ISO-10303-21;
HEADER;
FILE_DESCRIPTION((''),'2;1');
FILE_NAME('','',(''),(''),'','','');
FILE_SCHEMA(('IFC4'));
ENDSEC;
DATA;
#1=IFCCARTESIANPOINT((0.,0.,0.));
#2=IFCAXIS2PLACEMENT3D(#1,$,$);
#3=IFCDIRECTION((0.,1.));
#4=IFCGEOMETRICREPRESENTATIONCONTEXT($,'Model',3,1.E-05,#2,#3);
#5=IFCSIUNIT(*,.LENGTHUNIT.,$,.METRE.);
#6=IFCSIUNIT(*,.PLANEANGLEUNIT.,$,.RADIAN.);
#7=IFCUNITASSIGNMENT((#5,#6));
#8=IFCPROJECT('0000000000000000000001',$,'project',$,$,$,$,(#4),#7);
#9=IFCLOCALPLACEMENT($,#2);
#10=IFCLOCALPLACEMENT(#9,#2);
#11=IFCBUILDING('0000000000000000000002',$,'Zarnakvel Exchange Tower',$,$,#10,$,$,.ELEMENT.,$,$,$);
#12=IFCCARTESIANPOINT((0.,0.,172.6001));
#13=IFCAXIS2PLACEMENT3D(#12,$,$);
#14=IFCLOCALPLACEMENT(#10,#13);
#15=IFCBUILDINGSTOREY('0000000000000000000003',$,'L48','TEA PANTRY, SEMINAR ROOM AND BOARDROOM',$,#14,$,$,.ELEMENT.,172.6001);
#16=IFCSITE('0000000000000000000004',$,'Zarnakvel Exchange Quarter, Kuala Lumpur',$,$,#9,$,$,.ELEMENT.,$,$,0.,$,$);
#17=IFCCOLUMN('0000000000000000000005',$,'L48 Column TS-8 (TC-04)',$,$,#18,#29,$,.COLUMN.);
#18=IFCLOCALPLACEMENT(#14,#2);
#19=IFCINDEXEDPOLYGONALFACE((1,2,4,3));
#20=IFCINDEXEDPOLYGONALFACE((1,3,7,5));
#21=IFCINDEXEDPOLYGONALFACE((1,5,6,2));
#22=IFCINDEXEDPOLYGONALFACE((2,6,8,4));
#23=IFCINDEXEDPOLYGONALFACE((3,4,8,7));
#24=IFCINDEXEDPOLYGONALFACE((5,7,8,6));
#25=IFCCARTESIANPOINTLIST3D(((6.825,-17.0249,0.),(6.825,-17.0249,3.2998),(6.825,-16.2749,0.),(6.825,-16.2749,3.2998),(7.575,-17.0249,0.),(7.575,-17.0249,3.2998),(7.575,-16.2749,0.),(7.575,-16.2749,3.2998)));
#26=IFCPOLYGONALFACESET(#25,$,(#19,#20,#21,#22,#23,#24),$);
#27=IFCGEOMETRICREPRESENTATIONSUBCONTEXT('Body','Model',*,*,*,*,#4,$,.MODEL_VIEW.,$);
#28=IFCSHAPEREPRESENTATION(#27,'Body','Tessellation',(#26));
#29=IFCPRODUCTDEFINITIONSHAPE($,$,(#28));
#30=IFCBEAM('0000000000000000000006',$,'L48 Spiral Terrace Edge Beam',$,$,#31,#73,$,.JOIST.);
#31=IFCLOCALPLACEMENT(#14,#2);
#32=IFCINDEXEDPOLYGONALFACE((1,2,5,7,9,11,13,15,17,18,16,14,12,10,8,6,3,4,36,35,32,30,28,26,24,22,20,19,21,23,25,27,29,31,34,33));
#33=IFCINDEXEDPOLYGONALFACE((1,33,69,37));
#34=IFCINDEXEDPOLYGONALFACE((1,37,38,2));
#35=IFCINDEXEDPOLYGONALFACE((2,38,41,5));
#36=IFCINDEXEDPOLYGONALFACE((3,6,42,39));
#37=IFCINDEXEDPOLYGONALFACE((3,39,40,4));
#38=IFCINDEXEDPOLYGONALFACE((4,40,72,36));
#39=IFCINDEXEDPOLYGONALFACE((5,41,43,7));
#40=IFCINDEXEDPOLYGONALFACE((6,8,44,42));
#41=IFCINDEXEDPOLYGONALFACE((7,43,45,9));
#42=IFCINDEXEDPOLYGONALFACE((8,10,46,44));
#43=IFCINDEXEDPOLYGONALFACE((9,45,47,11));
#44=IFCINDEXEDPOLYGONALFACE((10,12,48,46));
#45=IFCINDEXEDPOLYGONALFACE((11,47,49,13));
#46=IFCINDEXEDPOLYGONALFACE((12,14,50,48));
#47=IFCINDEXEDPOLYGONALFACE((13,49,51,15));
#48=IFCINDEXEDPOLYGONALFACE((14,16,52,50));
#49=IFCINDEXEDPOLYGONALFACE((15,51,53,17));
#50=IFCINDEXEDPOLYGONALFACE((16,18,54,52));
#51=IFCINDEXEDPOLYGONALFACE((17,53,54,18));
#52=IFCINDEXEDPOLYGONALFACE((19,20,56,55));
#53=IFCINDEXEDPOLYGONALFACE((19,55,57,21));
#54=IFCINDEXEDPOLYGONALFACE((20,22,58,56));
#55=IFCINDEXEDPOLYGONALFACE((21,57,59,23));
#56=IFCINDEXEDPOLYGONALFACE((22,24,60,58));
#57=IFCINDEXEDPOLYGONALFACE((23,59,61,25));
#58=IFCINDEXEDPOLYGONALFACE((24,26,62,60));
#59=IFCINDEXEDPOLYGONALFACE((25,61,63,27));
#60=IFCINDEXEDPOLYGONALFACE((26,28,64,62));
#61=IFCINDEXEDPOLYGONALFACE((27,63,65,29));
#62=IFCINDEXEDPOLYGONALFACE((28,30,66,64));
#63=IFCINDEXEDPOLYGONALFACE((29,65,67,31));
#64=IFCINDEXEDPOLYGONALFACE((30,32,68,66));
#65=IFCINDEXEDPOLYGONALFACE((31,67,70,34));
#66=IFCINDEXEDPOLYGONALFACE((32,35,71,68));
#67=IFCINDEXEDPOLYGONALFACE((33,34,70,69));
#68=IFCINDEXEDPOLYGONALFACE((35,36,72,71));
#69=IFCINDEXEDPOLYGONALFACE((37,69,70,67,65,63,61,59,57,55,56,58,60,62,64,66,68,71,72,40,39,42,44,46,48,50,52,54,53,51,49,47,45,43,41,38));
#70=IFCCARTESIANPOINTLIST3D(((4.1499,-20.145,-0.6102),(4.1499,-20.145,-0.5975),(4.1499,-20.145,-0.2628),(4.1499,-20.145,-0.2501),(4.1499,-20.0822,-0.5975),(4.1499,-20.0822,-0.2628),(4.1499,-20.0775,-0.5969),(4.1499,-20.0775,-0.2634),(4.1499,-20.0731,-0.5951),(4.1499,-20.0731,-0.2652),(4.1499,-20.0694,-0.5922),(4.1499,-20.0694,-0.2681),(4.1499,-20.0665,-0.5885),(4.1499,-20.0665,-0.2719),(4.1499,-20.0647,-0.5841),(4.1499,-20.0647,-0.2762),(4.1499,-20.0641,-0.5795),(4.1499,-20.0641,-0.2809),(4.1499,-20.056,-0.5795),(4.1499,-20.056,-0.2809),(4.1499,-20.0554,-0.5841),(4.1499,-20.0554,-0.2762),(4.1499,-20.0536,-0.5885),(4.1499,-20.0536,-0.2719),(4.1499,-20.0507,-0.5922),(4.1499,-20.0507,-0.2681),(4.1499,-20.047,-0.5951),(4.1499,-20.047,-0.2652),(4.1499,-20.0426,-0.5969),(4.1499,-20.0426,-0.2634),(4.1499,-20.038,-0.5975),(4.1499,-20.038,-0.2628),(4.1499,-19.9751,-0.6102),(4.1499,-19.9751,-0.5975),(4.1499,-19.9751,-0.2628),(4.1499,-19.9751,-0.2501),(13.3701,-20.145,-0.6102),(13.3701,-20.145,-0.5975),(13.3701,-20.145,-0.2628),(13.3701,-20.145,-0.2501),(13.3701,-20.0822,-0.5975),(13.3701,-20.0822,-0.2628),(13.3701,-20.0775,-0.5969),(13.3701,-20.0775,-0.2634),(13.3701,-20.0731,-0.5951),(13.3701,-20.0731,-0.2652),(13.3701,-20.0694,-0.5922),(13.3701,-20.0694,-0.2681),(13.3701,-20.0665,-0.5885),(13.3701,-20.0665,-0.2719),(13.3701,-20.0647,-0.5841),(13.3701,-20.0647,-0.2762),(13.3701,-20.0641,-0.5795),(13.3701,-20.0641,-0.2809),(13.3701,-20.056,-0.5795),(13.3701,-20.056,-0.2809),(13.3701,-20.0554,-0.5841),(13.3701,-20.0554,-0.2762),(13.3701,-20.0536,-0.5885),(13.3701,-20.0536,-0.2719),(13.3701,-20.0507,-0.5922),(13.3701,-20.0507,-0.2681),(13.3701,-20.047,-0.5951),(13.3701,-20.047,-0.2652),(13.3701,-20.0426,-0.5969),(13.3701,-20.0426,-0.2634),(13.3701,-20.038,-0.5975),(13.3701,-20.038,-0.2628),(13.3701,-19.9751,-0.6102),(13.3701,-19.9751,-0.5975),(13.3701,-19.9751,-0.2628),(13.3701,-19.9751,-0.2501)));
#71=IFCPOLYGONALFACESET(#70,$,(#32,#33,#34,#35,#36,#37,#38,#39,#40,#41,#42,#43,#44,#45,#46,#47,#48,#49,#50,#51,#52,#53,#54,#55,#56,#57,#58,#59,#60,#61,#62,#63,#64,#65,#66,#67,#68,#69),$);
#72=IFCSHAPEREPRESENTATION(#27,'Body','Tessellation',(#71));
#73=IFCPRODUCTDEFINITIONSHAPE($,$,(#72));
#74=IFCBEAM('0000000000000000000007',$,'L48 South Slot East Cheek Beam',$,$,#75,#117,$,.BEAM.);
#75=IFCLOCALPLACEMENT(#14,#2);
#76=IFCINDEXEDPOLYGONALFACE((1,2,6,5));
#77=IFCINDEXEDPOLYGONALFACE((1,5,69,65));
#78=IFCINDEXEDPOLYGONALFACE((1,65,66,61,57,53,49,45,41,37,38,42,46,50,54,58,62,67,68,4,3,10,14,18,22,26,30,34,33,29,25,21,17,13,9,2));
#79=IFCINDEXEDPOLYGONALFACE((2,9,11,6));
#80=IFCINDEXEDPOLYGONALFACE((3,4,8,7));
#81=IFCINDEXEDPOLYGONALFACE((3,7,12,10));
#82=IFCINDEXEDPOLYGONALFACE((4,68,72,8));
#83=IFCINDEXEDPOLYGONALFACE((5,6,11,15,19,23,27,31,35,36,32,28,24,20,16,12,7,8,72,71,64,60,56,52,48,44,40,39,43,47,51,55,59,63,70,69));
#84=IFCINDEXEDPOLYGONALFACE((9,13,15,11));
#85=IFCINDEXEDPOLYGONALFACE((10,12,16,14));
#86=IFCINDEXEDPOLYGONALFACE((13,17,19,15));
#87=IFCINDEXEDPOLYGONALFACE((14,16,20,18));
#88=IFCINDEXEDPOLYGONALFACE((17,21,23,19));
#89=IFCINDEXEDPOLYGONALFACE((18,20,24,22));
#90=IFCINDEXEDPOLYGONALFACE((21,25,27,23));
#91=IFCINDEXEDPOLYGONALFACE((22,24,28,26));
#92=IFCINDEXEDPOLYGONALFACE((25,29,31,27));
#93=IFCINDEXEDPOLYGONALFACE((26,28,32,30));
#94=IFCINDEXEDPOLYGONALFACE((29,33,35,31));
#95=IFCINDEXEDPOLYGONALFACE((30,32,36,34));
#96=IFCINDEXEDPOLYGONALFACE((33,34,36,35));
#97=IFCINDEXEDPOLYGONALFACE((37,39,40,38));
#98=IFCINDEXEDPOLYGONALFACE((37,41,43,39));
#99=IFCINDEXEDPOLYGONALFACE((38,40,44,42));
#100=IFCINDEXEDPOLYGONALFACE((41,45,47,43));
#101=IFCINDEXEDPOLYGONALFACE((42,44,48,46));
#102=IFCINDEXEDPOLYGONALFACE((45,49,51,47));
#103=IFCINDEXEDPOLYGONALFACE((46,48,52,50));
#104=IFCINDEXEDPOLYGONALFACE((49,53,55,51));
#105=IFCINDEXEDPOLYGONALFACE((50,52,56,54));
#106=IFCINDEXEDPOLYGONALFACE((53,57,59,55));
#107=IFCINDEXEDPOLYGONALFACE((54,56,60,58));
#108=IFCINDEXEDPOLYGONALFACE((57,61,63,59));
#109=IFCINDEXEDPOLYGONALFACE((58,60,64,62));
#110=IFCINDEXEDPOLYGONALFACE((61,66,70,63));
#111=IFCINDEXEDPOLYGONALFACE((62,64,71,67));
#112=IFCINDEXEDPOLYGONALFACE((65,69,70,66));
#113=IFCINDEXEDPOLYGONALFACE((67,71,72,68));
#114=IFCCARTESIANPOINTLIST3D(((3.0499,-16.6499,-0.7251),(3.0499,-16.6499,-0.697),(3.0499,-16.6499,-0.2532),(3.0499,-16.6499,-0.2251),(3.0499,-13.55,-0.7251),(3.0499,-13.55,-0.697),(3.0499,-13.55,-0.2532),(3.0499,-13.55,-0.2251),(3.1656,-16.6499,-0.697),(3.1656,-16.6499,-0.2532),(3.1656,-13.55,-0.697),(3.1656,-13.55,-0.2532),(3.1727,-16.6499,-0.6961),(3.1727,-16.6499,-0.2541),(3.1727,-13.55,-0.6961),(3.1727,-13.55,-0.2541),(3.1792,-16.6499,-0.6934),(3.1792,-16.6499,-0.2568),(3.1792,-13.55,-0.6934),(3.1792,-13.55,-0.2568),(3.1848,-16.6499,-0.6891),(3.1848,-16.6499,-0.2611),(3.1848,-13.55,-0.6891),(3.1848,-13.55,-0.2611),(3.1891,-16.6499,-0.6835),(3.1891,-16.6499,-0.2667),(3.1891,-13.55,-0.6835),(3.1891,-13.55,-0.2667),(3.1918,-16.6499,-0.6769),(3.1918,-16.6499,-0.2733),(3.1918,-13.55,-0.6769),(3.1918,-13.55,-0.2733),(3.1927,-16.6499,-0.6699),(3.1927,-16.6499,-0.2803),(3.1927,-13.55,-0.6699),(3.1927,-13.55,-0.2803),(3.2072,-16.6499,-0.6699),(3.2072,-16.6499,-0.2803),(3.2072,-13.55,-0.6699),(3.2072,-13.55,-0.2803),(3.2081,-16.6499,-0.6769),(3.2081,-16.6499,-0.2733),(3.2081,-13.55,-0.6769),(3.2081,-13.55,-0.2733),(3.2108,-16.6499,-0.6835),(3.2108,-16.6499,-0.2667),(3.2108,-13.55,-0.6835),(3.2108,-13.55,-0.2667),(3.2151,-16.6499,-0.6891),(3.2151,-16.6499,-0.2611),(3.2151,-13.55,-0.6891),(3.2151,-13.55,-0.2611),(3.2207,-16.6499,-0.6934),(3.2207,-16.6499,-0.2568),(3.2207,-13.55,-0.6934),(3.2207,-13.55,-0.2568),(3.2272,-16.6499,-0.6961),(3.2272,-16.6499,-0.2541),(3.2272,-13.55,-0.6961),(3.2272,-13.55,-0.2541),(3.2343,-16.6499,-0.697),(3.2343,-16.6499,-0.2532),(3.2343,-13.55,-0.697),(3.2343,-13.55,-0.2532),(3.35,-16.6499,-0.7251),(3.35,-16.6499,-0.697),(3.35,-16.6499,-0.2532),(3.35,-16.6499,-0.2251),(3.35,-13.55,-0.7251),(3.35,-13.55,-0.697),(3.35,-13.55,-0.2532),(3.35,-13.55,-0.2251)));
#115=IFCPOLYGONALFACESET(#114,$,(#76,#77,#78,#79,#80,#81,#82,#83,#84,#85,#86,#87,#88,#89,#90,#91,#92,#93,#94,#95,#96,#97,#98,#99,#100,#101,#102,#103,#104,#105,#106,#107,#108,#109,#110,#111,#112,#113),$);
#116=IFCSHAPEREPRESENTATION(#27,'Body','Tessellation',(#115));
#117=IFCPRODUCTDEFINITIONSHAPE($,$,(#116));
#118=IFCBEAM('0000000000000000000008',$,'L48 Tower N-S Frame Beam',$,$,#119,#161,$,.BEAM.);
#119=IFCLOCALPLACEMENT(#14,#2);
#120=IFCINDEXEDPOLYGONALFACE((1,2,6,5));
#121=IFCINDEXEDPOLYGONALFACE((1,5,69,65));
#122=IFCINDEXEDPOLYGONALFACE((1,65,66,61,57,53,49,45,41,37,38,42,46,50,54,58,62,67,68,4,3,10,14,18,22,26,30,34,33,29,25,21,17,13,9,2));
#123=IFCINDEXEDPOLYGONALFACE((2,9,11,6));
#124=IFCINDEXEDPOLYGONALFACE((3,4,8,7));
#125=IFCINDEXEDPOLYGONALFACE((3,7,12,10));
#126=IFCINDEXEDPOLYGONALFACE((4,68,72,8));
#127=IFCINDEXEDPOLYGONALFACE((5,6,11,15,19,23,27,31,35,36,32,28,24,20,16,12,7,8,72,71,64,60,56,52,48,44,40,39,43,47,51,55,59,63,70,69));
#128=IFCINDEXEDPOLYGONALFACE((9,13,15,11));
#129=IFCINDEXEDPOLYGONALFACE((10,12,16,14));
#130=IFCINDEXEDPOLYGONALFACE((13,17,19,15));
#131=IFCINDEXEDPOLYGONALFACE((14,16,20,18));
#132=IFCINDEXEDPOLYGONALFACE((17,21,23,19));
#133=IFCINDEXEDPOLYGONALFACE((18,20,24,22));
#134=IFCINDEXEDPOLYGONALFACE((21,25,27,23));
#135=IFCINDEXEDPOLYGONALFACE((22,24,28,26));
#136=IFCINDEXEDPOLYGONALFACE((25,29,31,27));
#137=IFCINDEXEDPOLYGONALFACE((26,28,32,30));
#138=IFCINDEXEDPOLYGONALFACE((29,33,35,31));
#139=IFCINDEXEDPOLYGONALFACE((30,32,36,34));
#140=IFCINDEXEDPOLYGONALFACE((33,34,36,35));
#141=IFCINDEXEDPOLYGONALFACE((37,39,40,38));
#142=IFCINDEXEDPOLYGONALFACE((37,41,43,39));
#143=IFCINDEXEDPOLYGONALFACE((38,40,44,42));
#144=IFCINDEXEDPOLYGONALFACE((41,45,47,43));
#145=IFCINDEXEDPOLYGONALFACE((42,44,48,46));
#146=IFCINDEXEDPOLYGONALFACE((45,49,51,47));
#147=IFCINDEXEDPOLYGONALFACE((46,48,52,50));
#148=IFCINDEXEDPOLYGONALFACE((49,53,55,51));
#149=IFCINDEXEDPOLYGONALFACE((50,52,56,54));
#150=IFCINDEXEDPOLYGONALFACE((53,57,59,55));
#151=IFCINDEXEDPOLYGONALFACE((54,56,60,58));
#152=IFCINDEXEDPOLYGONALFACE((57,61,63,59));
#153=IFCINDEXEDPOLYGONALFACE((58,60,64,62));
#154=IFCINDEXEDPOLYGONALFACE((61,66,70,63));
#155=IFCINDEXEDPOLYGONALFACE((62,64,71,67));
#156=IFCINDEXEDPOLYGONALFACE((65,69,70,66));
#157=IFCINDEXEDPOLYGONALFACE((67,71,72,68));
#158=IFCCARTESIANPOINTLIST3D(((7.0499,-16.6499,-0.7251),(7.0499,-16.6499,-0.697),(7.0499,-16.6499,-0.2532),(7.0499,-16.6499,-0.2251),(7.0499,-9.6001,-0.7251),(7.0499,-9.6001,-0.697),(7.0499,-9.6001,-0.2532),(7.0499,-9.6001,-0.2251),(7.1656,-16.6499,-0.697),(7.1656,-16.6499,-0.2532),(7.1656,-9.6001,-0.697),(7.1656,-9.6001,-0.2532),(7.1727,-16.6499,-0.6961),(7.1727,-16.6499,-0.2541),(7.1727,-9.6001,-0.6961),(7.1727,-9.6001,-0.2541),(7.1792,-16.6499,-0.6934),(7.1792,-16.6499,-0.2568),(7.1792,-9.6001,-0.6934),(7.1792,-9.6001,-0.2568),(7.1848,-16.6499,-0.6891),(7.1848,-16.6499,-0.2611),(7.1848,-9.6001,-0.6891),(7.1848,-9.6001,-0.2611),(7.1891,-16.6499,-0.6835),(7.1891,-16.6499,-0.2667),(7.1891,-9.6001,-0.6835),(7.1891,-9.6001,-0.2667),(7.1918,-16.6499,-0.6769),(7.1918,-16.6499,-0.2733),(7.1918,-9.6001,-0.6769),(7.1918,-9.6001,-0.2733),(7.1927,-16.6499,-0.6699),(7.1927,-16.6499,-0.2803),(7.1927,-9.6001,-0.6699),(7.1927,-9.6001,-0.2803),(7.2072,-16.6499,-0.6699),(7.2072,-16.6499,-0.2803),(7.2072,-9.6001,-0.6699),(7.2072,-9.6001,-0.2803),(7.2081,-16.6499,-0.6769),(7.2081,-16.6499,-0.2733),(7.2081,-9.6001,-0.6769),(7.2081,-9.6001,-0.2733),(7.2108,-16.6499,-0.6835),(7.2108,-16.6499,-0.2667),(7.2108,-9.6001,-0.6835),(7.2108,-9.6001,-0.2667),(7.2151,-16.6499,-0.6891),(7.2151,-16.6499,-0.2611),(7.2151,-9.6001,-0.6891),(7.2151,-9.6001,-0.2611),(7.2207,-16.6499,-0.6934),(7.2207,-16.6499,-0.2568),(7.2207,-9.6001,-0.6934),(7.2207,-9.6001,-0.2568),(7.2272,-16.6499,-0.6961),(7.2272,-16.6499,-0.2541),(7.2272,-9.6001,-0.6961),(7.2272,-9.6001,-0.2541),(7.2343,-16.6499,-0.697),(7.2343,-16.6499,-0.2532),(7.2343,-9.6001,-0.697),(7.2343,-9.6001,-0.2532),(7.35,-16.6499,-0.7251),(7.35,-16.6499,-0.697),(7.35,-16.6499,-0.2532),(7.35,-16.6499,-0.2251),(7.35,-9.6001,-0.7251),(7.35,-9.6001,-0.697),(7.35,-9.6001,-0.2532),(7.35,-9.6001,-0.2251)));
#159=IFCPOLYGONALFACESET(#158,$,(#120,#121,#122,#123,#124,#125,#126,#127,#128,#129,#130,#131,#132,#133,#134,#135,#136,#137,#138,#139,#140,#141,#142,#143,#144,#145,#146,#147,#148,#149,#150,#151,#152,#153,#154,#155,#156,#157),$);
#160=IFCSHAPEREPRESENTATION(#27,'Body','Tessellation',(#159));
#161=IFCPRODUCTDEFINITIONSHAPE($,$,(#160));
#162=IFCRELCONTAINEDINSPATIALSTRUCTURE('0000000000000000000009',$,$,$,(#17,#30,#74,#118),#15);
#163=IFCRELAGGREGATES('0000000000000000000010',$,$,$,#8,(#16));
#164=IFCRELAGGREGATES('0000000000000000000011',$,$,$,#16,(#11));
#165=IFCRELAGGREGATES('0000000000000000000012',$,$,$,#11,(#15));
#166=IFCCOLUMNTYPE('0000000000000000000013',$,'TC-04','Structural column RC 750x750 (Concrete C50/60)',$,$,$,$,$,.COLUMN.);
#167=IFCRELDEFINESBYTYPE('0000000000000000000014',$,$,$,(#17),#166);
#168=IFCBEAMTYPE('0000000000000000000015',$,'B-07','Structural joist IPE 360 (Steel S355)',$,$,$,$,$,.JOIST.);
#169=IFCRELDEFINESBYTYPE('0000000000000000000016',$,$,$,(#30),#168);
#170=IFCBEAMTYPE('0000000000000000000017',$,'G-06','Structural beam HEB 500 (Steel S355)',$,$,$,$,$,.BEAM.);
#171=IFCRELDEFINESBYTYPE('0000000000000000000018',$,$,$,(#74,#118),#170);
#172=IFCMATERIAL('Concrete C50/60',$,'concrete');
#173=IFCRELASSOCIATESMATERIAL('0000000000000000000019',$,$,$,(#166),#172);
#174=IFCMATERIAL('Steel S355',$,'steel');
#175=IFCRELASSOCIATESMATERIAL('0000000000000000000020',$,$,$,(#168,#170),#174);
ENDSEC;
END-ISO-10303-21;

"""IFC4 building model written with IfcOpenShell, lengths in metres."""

from ifc_helpers import new_model, si_unit, direction, frame, origin, origin_2d, place, context, subcontext, project, spatial, rectangle, i_section, extrude, material, material_profile, profile_set, type_object, element, save


model = new_model("IFC4")

# Units and contexts
model_context = context("Model", 3, precision=1e-05, world=origin(), true_north=direction((0.0, 1.0)))
body_context = subcontext(model_context, "Body", "Model", "MODEL_VIEW")
ifc_project = project(units=[si_unit("LENGTHUNIT", "METRE"), si_unit("PLANEANGLEUNIT", "RADIAN")], contexts=[model_context])

# Site, building, storey
site_placement = place(None, origin())
site = spatial("IfcSite", under=ifc_project, at=site_placement, Name="Zarnakvel Exchange Quarter, Kuala Lumpur", CompositionType="ELEMENT", RefElevation=0.0)
building_placement = place(site_placement, origin())
building = spatial("IfcBuilding", under=site, at=building_placement, Name="Zarnakvel Exchange Tower", CompositionType="ELEMENT")
storey_placement = place(building_placement, frame((0.0, 0.0, 172.6001)))
storey = spatial("IfcBuildingStorey", under=building, at=storey_placement, Name="L48", Description="TEA PANTRY, SEMINAR ROOM AND BOARDROOM", CompositionType="ELEMENT", Elevation=172.6001)

# Column
ifc_material_1 = material(Name="Concrete C50/60", Category="concrete")
ifc_material_profile_1 = material_profile(ifc_material_1, rectangle(XDim=0.75, YDim=0.75, at=origin_2d()))
ifc_profile_set_1 = profile_set([ifc_material_profile_1], Name="Concrete C50/60")
column_type = type_object("IfcColumnType", Name="TC-04", Description="Structural column RC 750x750 (Concrete C50/60)", PredefinedType="COLUMN", material=ifc_profile_set_1)
column_placement = place(storey_placement, frame((7.2, -16.6499, 0.0), z_axis=(0.0, 0.0, 1.0), x_axis=(1.0, 0.0, 0.0)))
element("IfcColumn", 1, at=column_placement, inside=storey, type_object=column_type, Name="L48 Column TS-8 (TC-04)", PredefinedType="COLUMN", context=body_context, shape_type="SweptSolid", body=[
    extrude(rectangle(XDim=0.75, YDim=0.75, at=origin_2d()), origin(), (0.0, 0.0, 1.0), 3.2998),
])

# Beams
ifc_material_2 = material(Name="Steel S355", Category="steel")
ifc_material_profile_2 = material_profile(ifc_material_2, i_section(OverallWidth=0.1699, OverallDepth=0.3601, WebThickness=0.0081, FlangeThickness=0.0127, FilletRadius=0.0181, at=origin_2d()))
ifc_profile_set_2 = profile_set([ifc_material_profile_2], Name="Steel S355")
beam_type_1 = type_object("IfcBeamType", Name="B-07", Description="Structural joist IPE 360 (Steel S355)", PredefinedType="JOIST", material=ifc_profile_set_2)
beam_1_placement = place(storey_placement, frame((4.1499, -20.0601, -0.4302), z_axis=(1.0, 0.0, 0.0), x_axis=(0.0, 1.0, 0.0)))
element("IfcBeam", 2, at=beam_1_placement, inside=storey, type_object=beam_type_1, Name="L48 Spiral Terrace Edge Beam", PredefinedType="JOIST", context=body_context, shape_type="SweptSolid", body=[
    extrude(i_section(OverallWidth=0.1699, OverallDepth=0.3601, WebThickness=0.0081, FlangeThickness=0.0127, FilletRadius=0.0181, at=origin_2d()), origin(), (0.0, 0.0, 1.0), 9.2202),
])
ifc_material_profile_3 = material_profile(ifc_material_2, i_section(OverallWidth=0.3, OverallDepth=0.5, WebThickness=0.0144, FlangeThickness=0.0281, FilletRadius=0.0271, at=origin_2d()))
ifc_profile_set_3 = profile_set([ifc_material_profile_3], Name="Steel S355")
beam_type_2 = type_object("IfcBeamType", Name="G-06", Description="Structural beam HEB 500 (Steel S355)", PredefinedType="BEAM", material=ifc_profile_set_3)
beam_2_placement = place(storey_placement, frame((3.2, -16.6499, -0.4751), z_axis=(0.0, 1.0, 0.0), x_axis=(-1.0, 0.0, 0.0)))
element("IfcBeam", 3, at=beam_2_placement, inside=storey, type_object=beam_type_2, Name="L48 South Slot East Cheek Beam", PredefinedType="BEAM", context=body_context, shape_type="SweptSolid", body=[
    extrude(i_section(OverallWidth=0.3, OverallDepth=0.5, WebThickness=0.0144, FlangeThickness=0.0281, FilletRadius=0.0271, at=origin_2d()), origin(), (0.0, 0.0, 1.0), 3.0999),
])
beam_3_placement = place(storey_placement, frame((7.2, -16.6499, -0.4751), z_axis=(0.0, 1.0, 0.0), x_axis=(-1.0, 0.0, 0.0)))
element("IfcBeam", 4, at=beam_3_placement, inside=storey, type_object=beam_type_2, Name="L48 Tower N-S Frame Beam", PredefinedType="BEAM", context=body_context, shape_type="SweptSolid", body=[
    extrude(i_section(OverallWidth=0.3, OverallDepth=0.5, WebThickness=0.0144, FlangeThickness=0.0281, FilletRadius=0.0271, at=origin_2d()), origin(), (0.0, 0.0, 1.0), 7.0498),
])

save(model, "model.ifc")
